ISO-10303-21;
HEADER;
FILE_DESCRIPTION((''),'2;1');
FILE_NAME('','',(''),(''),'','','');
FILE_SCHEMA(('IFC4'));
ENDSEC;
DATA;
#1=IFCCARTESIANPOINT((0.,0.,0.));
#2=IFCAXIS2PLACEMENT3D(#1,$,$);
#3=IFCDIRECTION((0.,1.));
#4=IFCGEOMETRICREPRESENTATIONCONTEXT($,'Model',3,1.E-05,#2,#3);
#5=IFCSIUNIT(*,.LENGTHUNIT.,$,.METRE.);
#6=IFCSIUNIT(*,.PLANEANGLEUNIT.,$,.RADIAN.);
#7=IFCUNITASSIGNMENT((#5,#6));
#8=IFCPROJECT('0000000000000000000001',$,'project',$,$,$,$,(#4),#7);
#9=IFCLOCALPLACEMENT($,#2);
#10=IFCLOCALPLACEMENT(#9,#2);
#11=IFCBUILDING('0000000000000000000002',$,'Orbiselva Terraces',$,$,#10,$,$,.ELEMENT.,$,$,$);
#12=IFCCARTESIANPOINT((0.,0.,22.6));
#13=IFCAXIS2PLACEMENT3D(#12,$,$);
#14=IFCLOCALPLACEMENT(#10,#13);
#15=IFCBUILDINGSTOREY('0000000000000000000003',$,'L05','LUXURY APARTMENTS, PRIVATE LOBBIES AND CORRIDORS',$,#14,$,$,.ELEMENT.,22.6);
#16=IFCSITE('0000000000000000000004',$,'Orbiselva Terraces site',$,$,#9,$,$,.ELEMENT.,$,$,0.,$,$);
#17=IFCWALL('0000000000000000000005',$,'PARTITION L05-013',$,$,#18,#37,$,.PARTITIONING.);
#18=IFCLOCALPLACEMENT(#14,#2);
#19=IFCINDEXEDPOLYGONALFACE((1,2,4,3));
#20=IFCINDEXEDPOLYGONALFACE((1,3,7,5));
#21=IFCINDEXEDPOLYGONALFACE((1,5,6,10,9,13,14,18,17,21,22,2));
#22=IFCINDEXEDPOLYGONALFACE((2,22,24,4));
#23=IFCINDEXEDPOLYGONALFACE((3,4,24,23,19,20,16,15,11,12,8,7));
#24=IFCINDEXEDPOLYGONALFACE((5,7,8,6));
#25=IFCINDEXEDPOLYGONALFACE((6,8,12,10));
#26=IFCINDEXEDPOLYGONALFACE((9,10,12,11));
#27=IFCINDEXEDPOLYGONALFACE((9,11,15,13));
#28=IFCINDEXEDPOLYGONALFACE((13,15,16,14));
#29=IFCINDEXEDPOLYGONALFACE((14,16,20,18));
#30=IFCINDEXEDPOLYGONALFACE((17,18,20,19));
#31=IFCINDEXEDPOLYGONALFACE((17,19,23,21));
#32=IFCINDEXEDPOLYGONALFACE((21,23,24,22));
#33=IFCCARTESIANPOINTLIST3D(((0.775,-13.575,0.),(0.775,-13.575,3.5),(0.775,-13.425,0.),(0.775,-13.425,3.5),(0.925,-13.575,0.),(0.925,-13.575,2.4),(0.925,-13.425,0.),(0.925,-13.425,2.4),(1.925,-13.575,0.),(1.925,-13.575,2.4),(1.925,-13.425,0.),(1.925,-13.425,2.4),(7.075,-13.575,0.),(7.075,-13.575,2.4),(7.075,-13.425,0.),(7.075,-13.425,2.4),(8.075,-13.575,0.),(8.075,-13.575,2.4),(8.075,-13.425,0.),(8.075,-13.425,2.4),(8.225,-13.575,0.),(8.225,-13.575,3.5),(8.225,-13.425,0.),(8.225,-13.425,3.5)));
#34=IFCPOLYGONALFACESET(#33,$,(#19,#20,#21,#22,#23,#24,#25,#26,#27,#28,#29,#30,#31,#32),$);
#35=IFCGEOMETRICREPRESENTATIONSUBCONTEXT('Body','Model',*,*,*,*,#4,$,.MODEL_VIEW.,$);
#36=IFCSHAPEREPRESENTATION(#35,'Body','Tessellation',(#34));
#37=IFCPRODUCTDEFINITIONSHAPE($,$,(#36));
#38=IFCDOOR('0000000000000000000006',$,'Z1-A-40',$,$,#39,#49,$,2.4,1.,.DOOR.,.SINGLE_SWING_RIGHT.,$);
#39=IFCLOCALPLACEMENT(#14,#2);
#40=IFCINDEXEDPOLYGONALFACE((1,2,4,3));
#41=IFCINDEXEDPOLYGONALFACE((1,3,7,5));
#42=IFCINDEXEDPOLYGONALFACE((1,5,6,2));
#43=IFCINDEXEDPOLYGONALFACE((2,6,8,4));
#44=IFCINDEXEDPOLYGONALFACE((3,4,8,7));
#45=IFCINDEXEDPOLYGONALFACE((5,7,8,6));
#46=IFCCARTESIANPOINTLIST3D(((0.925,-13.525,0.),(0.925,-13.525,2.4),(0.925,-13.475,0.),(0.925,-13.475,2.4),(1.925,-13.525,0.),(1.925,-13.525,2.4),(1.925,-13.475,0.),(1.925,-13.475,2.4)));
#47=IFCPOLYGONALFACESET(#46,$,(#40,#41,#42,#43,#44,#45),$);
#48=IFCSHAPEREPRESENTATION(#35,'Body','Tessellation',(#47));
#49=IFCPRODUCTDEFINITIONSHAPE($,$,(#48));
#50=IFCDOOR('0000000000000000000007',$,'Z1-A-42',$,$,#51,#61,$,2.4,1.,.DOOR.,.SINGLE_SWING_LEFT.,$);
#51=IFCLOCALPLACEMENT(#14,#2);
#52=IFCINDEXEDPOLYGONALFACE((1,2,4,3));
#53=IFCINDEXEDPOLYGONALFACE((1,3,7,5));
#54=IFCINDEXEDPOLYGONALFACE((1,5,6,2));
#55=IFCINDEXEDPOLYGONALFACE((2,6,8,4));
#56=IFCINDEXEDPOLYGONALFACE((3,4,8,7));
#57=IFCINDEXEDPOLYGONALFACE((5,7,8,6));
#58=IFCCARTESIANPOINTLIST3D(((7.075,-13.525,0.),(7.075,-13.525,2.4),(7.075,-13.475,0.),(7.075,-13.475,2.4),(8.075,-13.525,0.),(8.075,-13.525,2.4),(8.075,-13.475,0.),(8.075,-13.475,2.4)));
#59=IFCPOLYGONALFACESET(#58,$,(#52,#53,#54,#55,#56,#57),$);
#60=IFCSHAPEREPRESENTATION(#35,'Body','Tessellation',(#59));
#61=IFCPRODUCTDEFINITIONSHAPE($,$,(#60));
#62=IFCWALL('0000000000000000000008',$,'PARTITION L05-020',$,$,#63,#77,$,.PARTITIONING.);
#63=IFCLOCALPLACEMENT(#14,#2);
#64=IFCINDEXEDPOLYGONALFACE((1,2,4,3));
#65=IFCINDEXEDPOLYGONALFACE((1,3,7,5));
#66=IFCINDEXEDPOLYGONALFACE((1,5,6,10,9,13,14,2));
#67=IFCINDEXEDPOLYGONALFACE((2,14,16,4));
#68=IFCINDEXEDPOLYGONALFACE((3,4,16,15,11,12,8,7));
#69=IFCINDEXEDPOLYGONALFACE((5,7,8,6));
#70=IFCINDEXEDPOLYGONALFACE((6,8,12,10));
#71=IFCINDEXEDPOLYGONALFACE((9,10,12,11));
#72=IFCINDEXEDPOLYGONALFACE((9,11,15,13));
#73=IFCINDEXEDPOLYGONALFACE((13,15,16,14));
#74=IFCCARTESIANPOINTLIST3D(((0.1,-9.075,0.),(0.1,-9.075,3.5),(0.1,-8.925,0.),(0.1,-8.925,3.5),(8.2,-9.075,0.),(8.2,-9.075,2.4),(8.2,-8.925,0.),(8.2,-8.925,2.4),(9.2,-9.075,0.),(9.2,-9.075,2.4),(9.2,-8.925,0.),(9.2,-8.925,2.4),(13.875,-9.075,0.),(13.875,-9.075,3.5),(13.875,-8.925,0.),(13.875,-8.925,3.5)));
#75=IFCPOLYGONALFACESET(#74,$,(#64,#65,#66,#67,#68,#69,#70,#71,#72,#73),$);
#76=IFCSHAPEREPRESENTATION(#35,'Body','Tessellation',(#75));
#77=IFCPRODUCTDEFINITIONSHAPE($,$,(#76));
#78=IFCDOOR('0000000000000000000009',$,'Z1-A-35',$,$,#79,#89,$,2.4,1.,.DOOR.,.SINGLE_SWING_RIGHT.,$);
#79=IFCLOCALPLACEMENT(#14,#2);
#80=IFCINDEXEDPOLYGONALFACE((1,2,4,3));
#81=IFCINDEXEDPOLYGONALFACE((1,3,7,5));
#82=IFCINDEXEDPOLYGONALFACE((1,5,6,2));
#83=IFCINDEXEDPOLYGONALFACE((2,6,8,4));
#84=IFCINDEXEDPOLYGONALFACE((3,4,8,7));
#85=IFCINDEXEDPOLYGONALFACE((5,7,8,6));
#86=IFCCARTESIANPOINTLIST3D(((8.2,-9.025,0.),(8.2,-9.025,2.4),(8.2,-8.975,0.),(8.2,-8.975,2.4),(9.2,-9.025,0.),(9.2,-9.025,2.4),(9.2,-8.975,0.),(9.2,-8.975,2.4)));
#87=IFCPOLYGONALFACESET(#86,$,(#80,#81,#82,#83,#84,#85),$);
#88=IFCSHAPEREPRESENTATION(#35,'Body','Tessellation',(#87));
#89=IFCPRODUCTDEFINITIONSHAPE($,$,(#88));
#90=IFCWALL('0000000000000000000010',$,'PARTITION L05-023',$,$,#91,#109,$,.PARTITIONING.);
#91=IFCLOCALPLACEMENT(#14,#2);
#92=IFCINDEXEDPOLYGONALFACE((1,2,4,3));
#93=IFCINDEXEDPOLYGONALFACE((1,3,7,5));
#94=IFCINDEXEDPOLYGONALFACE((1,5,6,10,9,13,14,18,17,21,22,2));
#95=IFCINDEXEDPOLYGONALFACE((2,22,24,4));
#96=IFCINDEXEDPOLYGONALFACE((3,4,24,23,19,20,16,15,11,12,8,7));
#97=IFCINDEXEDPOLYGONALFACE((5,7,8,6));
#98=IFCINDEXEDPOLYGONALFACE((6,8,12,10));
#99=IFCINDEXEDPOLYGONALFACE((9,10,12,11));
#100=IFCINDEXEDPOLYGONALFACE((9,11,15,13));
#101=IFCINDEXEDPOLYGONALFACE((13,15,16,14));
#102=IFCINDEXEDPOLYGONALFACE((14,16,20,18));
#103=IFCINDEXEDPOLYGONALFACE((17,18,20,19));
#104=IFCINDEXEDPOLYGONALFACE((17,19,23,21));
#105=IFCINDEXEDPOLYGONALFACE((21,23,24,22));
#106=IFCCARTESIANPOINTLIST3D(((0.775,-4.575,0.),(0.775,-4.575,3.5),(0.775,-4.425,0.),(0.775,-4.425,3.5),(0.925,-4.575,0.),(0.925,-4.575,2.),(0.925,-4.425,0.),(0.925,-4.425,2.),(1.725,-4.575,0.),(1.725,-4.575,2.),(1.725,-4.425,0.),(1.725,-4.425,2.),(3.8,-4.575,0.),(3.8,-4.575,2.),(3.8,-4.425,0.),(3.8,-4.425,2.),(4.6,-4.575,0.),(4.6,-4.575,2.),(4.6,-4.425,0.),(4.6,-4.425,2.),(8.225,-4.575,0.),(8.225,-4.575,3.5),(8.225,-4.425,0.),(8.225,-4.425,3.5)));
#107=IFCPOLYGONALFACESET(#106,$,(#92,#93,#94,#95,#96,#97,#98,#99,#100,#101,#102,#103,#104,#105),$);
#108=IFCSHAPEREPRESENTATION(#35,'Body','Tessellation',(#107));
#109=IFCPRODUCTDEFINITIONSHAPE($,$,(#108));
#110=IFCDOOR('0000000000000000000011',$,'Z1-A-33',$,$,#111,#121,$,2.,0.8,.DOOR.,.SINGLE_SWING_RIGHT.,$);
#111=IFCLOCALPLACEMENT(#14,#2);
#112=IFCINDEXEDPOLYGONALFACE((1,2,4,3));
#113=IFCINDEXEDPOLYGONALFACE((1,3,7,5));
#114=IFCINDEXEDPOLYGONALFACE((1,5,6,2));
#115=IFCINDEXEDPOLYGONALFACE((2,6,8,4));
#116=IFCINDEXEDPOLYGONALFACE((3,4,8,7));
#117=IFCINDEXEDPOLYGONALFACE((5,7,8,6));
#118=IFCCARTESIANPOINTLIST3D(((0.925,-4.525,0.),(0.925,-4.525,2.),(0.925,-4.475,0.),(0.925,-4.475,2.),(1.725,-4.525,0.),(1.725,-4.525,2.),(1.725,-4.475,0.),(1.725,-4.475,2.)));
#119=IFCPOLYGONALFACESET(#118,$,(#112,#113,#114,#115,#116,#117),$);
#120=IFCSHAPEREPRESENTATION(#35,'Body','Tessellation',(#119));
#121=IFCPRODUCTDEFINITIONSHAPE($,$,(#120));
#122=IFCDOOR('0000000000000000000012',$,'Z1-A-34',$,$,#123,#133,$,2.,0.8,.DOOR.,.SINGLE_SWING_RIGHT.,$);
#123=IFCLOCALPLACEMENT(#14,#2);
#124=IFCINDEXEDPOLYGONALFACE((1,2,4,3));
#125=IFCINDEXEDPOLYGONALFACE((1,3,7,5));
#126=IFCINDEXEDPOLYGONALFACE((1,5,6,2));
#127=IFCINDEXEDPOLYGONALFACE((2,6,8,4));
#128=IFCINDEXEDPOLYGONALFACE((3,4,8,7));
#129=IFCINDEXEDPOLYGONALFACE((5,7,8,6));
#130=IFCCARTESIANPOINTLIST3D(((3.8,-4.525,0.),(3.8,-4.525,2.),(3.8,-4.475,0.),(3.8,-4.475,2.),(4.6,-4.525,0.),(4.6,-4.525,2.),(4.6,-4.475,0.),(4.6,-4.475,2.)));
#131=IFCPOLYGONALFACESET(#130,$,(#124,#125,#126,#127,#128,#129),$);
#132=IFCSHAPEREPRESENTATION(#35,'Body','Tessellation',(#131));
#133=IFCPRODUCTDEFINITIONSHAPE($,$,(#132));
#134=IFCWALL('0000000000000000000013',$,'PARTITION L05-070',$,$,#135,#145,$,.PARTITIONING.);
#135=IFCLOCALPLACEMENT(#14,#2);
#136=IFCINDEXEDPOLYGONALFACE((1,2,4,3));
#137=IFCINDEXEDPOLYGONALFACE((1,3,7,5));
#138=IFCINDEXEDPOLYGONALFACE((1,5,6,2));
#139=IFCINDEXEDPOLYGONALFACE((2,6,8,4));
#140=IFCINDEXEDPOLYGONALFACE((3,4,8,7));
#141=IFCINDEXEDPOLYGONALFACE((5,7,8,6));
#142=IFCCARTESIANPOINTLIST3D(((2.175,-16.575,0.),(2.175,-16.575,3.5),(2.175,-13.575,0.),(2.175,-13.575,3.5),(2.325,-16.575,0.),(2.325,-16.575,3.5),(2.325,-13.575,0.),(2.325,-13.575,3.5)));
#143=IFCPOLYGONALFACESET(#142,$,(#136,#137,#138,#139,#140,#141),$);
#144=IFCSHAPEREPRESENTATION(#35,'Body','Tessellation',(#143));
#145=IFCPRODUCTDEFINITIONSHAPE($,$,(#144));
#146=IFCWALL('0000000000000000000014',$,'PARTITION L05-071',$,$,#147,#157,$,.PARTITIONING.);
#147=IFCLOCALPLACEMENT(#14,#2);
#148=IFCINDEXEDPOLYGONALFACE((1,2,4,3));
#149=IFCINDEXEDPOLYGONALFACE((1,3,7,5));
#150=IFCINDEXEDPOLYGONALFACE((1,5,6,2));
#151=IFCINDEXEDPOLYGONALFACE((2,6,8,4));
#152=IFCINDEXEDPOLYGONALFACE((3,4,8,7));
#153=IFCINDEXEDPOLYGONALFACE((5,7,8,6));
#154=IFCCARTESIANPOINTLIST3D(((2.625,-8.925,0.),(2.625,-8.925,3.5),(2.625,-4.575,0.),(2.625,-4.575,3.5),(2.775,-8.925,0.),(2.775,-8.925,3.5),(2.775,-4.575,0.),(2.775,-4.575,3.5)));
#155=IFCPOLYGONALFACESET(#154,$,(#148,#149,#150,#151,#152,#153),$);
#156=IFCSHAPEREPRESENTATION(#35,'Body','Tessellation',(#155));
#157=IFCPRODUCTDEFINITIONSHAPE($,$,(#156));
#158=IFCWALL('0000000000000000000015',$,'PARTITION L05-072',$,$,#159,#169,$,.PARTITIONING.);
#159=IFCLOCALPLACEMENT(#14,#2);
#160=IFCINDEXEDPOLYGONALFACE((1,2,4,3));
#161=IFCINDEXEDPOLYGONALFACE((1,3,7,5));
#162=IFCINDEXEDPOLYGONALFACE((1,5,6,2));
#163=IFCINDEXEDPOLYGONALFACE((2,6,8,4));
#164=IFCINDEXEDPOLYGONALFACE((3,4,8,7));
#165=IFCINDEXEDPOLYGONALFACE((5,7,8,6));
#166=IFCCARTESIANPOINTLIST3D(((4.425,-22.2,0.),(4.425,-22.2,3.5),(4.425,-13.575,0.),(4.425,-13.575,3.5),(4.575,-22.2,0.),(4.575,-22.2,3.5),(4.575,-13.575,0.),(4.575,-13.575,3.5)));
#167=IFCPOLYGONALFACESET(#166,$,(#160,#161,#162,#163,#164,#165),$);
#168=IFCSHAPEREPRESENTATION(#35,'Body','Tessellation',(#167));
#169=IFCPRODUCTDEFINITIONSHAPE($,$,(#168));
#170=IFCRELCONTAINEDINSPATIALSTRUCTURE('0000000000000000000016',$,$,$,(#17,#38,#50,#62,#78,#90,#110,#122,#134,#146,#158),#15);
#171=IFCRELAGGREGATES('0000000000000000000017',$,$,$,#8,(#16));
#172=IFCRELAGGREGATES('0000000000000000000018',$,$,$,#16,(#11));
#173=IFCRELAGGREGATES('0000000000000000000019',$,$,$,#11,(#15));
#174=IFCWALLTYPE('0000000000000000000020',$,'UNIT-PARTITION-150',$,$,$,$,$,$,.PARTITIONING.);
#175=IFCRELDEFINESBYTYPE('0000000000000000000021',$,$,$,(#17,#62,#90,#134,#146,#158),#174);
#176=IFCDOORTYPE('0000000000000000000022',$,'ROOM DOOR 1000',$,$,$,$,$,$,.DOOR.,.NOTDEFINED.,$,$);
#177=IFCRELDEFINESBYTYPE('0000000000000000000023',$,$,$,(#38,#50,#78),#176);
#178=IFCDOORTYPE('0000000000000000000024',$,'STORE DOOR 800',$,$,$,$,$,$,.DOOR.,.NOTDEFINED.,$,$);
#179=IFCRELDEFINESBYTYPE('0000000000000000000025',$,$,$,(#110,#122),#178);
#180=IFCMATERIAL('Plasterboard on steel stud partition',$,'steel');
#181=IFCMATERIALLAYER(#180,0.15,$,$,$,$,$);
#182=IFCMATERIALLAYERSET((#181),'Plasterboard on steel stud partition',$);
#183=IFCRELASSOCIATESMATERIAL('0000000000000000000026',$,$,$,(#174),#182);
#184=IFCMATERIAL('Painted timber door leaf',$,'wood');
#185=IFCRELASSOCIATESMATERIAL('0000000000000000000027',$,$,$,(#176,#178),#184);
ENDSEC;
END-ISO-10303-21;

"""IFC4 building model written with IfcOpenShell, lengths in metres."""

from ifc_helpers import new_model, si_unit, direction, frame, frame_2d, origin, place, context, subcontext, project, spatial, rectangle, extrude, material, layer, layer_set, type_object, element, fill, save


model = new_model("IFC4")

# Units and contexts
model_context = context("Model", 3, precision=1e-05, world=origin(), true_north=direction((0.0, 1.0)))
body_context = subcontext(model_context, "Body", "Model", "MODEL_VIEW")
ifc_project = project(units=[si_unit("LENGTHUNIT", "METRE"), si_unit("PLANEANGLEUNIT", "RADIAN")], contexts=[model_context])

# Site, building, storey
site_placement = place(None, origin())
site = spatial("IfcSite", under=ifc_project, at=site_placement, Name="Orbiselva Terraces site", CompositionType="ELEMENT", RefElevation=0.0)
building_placement = place(site_placement, origin())
building = spatial("IfcBuilding", under=site, at=building_placement, Name="Orbiselva Terraces", CompositionType="ELEMENT")
storey_placement = place(building_placement, frame((0.0, 0.0, 22.6)))
storey = spatial("IfcBuildingStorey", under=building, at=storey_placement, Name="L05", Description="LUXURY APARTMENTS, PRIVATE LOBBIES AND CORRIDORS", CompositionType="ELEMENT", Elevation=22.6)

# Shared definitions
ifc_material_1 = material(Name="Plasterboard on steel stud partition", Category="steel")

# Shared definitions
ifc_layer_1 = layer(ifc_material_1, 0.15)
ifc_layer_set_1 = layer_set([ifc_layer_1], Name="Plasterboard on steel stud partition")
wall_type_1 = type_object("IfcWallType", Name="UNIT-PARTITION-150", PredefinedType="PARTITIONING", material=ifc_layer_set_1)
ifc_material_2 = material(Name="Painted timber door leaf", Category="wood")

# Wall, openings, doors
wall_1_placement = place(storey_placement, frame((8.225, -13.5, 0.0), z_axis=(0.0, 0.0, 1.0), x_axis=(-1.0, 0.0, 0.0)))
wall_1 = element("IfcWall", 1, at=wall_1_placement, inside=storey, type_object=wall_type_1, Name="PARTITION L05-013", PredefinedType="PARTITIONING", context=body_context, shape_type="SweptSolid", body=[
    extrude(rectangle(XDim=7.45, YDim=0.15, at=frame_2d((3.725, 0.0))), origin(), (0.0, 0.0, 1.0), 3.5),
])
opening_1_placement = place(wall_1_placement, frame((6.3, 0.0, 0.0)))
opening_1 = element("IfcOpeningElement", 2, at=opening_1_placement, cuts=wall_1, PredefinedType="OPENING", context=body_context, shape_type="SweptSolid", body=[
    extrude(rectangle(XDim=1.0, YDim=2.4, at=frame_2d((0.5, 1.2))), frame((0.0, 0.085, 0.0), z_axis=(0.0, -1.0, 0.0), x_axis=(1.0, 0.0, 0.0)), (0.0, 0.0, 1.0), 0.17),
])
opening_2_placement = place(wall_1_placement, frame((0.15, 0.0, 0.0)))
opening_2 = element("IfcOpeningElement", 3, at=opening_2_placement, cuts=wall_1, PredefinedType="OPENING", context=body_context, shape_type="SweptSolid", body=[
    extrude(rectangle(XDim=1.0, YDim=2.4, at=frame_2d((0.5, 1.2))), frame((0.0, 0.085, 0.0), z_axis=(0.0, -1.0, 0.0), x_axis=(1.0, 0.0, 0.0)), (0.0, 0.0, 1.0), 0.17),
])
door_type_1 = type_object("IfcDoorType", Name="ROOM DOOR 1000", OperationType="NOTDEFINED", PredefinedType="DOOR", material=ifc_material_2)
door_1_placement = place(opening_1_placement, origin())
door_1 = element("IfcDoor", 4, at=door_1_placement, inside=storey, type_object=door_type_1, Name="Z1-A-40", OperationType="SINGLE_SWING_RIGHT", OverallHeight=2.4, OverallWidth=1.0, PredefinedType="DOOR", context=body_context, shape_type="SweptSolid", body=[
    extrude(rectangle(XDim=1.0, YDim=2.4, at=frame_2d((0.5, 1.2))), frame((0.0, 0.025, 0.0), z_axis=(0.0, -1.0, 0.0), x_axis=(1.0, 0.0, 0.0)), (0.0, 0.0, 1.0), 0.05),
])
fill(opening_1, door_1)
door_2_placement = place(opening_2_placement, origin())
door_2 = element("IfcDoor", 5, at=door_2_placement, inside=storey, type_object=door_type_1, Name="Z1-A-42", OperationType="SINGLE_SWING_LEFT", OverallHeight=2.4, OverallWidth=1.0, PredefinedType="DOOR", context=body_context, shape_type="SweptSolid", body=[
    extrude(rectangle(XDim=1.0, YDim=2.4, at=frame_2d((0.5, 1.2))), frame((0.0, 0.025, 0.0), z_axis=(0.0, -1.0, 0.0), x_axis=(1.0, 0.0, 0.0)), (0.0, 0.0, 1.0), 0.05),
])
fill(opening_2, door_2)

# Wall, opening, door
wall_2_placement = place(storey_placement, frame((0.1, -9.0, 0.0), z_axis=(0.0, 0.0, 1.0), x_axis=(1.0, 0.0, 0.0)))
wall_2 = element("IfcWall", 6, at=wall_2_placement, inside=storey, type_object=wall_type_1, Name="PARTITION L05-020", PredefinedType="PARTITIONING", context=body_context, shape_type="SweptSolid", body=[
    extrude(rectangle(XDim=13.775, YDim=0.15, at=frame_2d((6.8875, 0.0))), origin(), (0.0, 0.0, 1.0), 3.5),
])
opening_3_placement = place(wall_2_placement, frame((8.1, 0.0, 0.0)))
opening_3 = element("IfcOpeningElement", 7, at=opening_3_placement, cuts=wall_2, PredefinedType="OPENING", context=body_context, shape_type="SweptSolid", body=[
    extrude(rectangle(XDim=1.0, YDim=2.4, at=frame_2d((0.5, 1.2))), frame((0.0, 0.085, 0.0), z_axis=(0.0, -1.0, 0.0), x_axis=(1.0, 0.0, 0.0)), (0.0, 0.0, 1.0), 0.17),
])
door_3_placement = place(opening_3_placement, origin())
door_3 = element("IfcDoor", 8, at=door_3_placement, inside=storey, type_object=door_type_1, Name="Z1-A-35", OperationType="SINGLE_SWING_RIGHT", OverallHeight=2.4, OverallWidth=1.0, PredefinedType="DOOR", context=body_context, shape_type="SweptSolid", body=[
    extrude(rectangle(XDim=1.0, YDim=2.4, at=frame_2d((0.5, 1.2))), frame((0.0, 0.025, 0.0), z_axis=(0.0, -1.0, 0.0), x_axis=(1.0, 0.0, 0.0)), (0.0, 0.0, 1.0), 0.05),
])
fill(opening_3, door_3)

# Wall, openings, doors
wall_3_placement = place(storey_placement, frame((8.225, -4.5, 0.0), z_axis=(0.0, 0.0, 1.0), x_axis=(-1.0, 0.0, 0.0)))
wall_3 = element("IfcWall", 9, at=wall_3_placement, inside=storey, type_object=wall_type_1, Name="PARTITION L05-023", PredefinedType="PARTITIONING", context=body_context, shape_type="SweptSolid", body=[
    extrude(rectangle(XDim=7.45, YDim=0.15, at=frame_2d((3.725, 0.0))), origin(), (0.0, 0.0, 1.0), 3.5),
])
opening_4_placement = place(wall_3_placement, frame((6.5, 0.0, 0.0)))
opening_4 = element("IfcOpeningElement", 10, at=opening_4_placement, cuts=wall_3, PredefinedType="OPENING", context=body_context, shape_type="SweptSolid", body=[
    extrude(rectangle(XDim=0.8, YDim=2.0, at=frame_2d((0.4, 1.0))), frame((0.0, 0.085, 0.0), z_axis=(0.0, -1.0, 0.0), x_axis=(1.0, 0.0, 0.0)), (0.0, 0.0, 1.0), 0.17),
])
opening_5_placement = place(wall_3_placement, frame((3.625, 0.0, 0.0)))
opening_5 = element("IfcOpeningElement", 11, at=opening_5_placement, cuts=wall_3, PredefinedType="OPENING", context=body_context, shape_type="SweptSolid", body=[
    extrude(rectangle(XDim=0.8, YDim=2.0, at=frame_2d((0.4, 1.0))), frame((0.0, 0.085, 0.0), z_axis=(0.0, -1.0, 0.0), x_axis=(1.0, 0.0, 0.0)), (0.0, 0.0, 1.0), 0.17),
])
door_type_2 = type_object("IfcDoorType", Name="STORE DOOR 800", OperationType="NOTDEFINED", PredefinedType="DOOR", material=ifc_material_2)
door_4_placement = place(opening_4_placement, origin())
door_4 = element("IfcDoor", 12, at=door_4_placement, inside=storey, type_object=door_type_2, Name="Z1-A-33", OperationType="SINGLE_SWING_RIGHT", OverallHeight=2.0, OverallWidth=0.8, PredefinedType="DOOR", context=body_context, shape_type="SweptSolid", body=[
    extrude(rectangle(XDim=0.8, YDim=2.0, at=frame_2d((0.4, 1.0))), frame((0.0, 0.025, 0.0), z_axis=(0.0, -1.0, 0.0), x_axis=(1.0, 0.0, 0.0)), (0.0, 0.0, 1.0), 0.05),
])
fill(opening_4, door_4)
door_5_placement = place(opening_5_placement, origin())
door_5 = element("IfcDoor", 13, at=door_5_placement, inside=storey, type_object=door_type_2, Name="Z1-A-34", OperationType="SINGLE_SWING_RIGHT", OverallHeight=2.0, OverallWidth=0.8, PredefinedType="DOOR", context=body_context, shape_type="SweptSolid", body=[
    extrude(rectangle(XDim=0.8, YDim=2.0, at=frame_2d((0.4, 1.0))), frame((0.0, 0.025, 0.0), z_axis=(0.0, -1.0, 0.0), x_axis=(1.0, 0.0, 0.0)), (0.0, 0.0, 1.0), 0.05),
])
fill(opening_5, door_5)

# Walls
wall_4_placement = place(storey_placement, frame((2.25, -16.575, 0.0), z_axis=(0.0, 0.0, 1.0), x_axis=(0.0, 1.0, 0.0)))
element("IfcWall", 14, at=wall_4_placement, inside=storey, type_object=wall_type_1, Name="PARTITION L05-070", PredefinedType="PARTITIONING", context=body_context, shape_type="SweptSolid", body=[
    extrude(rectangle(XDim=3.0, YDim=0.15, at=frame_2d((1.5, 0.0))), origin(), (0.0, 0.0, 1.0), 3.5),
])
wall_5_placement = place(storey_placement, frame((2.7, -8.925, 0.0), z_axis=(0.0, 0.0, 1.0), x_axis=(0.0, 1.0, 0.0)))
element("IfcWall", 15, at=wall_5_placement, inside=storey, type_object=wall_type_1, Name="PARTITION L05-071", PredefinedType="PARTITIONING", context=body_context, shape_type="SweptSolid", body=[
    extrude(rectangle(XDim=4.35, YDim=0.15, at=frame_2d((2.175, 0.0))), origin(), (0.0, 0.0, 1.0), 3.5),
])
wall_6_placement = place(storey_placement, frame((4.5, -22.2, 0.0), z_axis=(0.0, 0.0, 1.0), x_axis=(0.0, 1.0, 0.0)))
element("IfcWall", 16, at=wall_6_placement, inside=storey, type_object=wall_type_1, Name="PARTITION L05-072", PredefinedType="PARTITIONING", context=body_context, shape_type="SweptSolid", body=[
    extrude(rectangle(XDim=8.625, YDim=0.15, at=frame_2d((4.3125, 0.0))), origin(), (0.0, 0.0, 1.0), 3.5),
])

save(model, "model.ifc")
